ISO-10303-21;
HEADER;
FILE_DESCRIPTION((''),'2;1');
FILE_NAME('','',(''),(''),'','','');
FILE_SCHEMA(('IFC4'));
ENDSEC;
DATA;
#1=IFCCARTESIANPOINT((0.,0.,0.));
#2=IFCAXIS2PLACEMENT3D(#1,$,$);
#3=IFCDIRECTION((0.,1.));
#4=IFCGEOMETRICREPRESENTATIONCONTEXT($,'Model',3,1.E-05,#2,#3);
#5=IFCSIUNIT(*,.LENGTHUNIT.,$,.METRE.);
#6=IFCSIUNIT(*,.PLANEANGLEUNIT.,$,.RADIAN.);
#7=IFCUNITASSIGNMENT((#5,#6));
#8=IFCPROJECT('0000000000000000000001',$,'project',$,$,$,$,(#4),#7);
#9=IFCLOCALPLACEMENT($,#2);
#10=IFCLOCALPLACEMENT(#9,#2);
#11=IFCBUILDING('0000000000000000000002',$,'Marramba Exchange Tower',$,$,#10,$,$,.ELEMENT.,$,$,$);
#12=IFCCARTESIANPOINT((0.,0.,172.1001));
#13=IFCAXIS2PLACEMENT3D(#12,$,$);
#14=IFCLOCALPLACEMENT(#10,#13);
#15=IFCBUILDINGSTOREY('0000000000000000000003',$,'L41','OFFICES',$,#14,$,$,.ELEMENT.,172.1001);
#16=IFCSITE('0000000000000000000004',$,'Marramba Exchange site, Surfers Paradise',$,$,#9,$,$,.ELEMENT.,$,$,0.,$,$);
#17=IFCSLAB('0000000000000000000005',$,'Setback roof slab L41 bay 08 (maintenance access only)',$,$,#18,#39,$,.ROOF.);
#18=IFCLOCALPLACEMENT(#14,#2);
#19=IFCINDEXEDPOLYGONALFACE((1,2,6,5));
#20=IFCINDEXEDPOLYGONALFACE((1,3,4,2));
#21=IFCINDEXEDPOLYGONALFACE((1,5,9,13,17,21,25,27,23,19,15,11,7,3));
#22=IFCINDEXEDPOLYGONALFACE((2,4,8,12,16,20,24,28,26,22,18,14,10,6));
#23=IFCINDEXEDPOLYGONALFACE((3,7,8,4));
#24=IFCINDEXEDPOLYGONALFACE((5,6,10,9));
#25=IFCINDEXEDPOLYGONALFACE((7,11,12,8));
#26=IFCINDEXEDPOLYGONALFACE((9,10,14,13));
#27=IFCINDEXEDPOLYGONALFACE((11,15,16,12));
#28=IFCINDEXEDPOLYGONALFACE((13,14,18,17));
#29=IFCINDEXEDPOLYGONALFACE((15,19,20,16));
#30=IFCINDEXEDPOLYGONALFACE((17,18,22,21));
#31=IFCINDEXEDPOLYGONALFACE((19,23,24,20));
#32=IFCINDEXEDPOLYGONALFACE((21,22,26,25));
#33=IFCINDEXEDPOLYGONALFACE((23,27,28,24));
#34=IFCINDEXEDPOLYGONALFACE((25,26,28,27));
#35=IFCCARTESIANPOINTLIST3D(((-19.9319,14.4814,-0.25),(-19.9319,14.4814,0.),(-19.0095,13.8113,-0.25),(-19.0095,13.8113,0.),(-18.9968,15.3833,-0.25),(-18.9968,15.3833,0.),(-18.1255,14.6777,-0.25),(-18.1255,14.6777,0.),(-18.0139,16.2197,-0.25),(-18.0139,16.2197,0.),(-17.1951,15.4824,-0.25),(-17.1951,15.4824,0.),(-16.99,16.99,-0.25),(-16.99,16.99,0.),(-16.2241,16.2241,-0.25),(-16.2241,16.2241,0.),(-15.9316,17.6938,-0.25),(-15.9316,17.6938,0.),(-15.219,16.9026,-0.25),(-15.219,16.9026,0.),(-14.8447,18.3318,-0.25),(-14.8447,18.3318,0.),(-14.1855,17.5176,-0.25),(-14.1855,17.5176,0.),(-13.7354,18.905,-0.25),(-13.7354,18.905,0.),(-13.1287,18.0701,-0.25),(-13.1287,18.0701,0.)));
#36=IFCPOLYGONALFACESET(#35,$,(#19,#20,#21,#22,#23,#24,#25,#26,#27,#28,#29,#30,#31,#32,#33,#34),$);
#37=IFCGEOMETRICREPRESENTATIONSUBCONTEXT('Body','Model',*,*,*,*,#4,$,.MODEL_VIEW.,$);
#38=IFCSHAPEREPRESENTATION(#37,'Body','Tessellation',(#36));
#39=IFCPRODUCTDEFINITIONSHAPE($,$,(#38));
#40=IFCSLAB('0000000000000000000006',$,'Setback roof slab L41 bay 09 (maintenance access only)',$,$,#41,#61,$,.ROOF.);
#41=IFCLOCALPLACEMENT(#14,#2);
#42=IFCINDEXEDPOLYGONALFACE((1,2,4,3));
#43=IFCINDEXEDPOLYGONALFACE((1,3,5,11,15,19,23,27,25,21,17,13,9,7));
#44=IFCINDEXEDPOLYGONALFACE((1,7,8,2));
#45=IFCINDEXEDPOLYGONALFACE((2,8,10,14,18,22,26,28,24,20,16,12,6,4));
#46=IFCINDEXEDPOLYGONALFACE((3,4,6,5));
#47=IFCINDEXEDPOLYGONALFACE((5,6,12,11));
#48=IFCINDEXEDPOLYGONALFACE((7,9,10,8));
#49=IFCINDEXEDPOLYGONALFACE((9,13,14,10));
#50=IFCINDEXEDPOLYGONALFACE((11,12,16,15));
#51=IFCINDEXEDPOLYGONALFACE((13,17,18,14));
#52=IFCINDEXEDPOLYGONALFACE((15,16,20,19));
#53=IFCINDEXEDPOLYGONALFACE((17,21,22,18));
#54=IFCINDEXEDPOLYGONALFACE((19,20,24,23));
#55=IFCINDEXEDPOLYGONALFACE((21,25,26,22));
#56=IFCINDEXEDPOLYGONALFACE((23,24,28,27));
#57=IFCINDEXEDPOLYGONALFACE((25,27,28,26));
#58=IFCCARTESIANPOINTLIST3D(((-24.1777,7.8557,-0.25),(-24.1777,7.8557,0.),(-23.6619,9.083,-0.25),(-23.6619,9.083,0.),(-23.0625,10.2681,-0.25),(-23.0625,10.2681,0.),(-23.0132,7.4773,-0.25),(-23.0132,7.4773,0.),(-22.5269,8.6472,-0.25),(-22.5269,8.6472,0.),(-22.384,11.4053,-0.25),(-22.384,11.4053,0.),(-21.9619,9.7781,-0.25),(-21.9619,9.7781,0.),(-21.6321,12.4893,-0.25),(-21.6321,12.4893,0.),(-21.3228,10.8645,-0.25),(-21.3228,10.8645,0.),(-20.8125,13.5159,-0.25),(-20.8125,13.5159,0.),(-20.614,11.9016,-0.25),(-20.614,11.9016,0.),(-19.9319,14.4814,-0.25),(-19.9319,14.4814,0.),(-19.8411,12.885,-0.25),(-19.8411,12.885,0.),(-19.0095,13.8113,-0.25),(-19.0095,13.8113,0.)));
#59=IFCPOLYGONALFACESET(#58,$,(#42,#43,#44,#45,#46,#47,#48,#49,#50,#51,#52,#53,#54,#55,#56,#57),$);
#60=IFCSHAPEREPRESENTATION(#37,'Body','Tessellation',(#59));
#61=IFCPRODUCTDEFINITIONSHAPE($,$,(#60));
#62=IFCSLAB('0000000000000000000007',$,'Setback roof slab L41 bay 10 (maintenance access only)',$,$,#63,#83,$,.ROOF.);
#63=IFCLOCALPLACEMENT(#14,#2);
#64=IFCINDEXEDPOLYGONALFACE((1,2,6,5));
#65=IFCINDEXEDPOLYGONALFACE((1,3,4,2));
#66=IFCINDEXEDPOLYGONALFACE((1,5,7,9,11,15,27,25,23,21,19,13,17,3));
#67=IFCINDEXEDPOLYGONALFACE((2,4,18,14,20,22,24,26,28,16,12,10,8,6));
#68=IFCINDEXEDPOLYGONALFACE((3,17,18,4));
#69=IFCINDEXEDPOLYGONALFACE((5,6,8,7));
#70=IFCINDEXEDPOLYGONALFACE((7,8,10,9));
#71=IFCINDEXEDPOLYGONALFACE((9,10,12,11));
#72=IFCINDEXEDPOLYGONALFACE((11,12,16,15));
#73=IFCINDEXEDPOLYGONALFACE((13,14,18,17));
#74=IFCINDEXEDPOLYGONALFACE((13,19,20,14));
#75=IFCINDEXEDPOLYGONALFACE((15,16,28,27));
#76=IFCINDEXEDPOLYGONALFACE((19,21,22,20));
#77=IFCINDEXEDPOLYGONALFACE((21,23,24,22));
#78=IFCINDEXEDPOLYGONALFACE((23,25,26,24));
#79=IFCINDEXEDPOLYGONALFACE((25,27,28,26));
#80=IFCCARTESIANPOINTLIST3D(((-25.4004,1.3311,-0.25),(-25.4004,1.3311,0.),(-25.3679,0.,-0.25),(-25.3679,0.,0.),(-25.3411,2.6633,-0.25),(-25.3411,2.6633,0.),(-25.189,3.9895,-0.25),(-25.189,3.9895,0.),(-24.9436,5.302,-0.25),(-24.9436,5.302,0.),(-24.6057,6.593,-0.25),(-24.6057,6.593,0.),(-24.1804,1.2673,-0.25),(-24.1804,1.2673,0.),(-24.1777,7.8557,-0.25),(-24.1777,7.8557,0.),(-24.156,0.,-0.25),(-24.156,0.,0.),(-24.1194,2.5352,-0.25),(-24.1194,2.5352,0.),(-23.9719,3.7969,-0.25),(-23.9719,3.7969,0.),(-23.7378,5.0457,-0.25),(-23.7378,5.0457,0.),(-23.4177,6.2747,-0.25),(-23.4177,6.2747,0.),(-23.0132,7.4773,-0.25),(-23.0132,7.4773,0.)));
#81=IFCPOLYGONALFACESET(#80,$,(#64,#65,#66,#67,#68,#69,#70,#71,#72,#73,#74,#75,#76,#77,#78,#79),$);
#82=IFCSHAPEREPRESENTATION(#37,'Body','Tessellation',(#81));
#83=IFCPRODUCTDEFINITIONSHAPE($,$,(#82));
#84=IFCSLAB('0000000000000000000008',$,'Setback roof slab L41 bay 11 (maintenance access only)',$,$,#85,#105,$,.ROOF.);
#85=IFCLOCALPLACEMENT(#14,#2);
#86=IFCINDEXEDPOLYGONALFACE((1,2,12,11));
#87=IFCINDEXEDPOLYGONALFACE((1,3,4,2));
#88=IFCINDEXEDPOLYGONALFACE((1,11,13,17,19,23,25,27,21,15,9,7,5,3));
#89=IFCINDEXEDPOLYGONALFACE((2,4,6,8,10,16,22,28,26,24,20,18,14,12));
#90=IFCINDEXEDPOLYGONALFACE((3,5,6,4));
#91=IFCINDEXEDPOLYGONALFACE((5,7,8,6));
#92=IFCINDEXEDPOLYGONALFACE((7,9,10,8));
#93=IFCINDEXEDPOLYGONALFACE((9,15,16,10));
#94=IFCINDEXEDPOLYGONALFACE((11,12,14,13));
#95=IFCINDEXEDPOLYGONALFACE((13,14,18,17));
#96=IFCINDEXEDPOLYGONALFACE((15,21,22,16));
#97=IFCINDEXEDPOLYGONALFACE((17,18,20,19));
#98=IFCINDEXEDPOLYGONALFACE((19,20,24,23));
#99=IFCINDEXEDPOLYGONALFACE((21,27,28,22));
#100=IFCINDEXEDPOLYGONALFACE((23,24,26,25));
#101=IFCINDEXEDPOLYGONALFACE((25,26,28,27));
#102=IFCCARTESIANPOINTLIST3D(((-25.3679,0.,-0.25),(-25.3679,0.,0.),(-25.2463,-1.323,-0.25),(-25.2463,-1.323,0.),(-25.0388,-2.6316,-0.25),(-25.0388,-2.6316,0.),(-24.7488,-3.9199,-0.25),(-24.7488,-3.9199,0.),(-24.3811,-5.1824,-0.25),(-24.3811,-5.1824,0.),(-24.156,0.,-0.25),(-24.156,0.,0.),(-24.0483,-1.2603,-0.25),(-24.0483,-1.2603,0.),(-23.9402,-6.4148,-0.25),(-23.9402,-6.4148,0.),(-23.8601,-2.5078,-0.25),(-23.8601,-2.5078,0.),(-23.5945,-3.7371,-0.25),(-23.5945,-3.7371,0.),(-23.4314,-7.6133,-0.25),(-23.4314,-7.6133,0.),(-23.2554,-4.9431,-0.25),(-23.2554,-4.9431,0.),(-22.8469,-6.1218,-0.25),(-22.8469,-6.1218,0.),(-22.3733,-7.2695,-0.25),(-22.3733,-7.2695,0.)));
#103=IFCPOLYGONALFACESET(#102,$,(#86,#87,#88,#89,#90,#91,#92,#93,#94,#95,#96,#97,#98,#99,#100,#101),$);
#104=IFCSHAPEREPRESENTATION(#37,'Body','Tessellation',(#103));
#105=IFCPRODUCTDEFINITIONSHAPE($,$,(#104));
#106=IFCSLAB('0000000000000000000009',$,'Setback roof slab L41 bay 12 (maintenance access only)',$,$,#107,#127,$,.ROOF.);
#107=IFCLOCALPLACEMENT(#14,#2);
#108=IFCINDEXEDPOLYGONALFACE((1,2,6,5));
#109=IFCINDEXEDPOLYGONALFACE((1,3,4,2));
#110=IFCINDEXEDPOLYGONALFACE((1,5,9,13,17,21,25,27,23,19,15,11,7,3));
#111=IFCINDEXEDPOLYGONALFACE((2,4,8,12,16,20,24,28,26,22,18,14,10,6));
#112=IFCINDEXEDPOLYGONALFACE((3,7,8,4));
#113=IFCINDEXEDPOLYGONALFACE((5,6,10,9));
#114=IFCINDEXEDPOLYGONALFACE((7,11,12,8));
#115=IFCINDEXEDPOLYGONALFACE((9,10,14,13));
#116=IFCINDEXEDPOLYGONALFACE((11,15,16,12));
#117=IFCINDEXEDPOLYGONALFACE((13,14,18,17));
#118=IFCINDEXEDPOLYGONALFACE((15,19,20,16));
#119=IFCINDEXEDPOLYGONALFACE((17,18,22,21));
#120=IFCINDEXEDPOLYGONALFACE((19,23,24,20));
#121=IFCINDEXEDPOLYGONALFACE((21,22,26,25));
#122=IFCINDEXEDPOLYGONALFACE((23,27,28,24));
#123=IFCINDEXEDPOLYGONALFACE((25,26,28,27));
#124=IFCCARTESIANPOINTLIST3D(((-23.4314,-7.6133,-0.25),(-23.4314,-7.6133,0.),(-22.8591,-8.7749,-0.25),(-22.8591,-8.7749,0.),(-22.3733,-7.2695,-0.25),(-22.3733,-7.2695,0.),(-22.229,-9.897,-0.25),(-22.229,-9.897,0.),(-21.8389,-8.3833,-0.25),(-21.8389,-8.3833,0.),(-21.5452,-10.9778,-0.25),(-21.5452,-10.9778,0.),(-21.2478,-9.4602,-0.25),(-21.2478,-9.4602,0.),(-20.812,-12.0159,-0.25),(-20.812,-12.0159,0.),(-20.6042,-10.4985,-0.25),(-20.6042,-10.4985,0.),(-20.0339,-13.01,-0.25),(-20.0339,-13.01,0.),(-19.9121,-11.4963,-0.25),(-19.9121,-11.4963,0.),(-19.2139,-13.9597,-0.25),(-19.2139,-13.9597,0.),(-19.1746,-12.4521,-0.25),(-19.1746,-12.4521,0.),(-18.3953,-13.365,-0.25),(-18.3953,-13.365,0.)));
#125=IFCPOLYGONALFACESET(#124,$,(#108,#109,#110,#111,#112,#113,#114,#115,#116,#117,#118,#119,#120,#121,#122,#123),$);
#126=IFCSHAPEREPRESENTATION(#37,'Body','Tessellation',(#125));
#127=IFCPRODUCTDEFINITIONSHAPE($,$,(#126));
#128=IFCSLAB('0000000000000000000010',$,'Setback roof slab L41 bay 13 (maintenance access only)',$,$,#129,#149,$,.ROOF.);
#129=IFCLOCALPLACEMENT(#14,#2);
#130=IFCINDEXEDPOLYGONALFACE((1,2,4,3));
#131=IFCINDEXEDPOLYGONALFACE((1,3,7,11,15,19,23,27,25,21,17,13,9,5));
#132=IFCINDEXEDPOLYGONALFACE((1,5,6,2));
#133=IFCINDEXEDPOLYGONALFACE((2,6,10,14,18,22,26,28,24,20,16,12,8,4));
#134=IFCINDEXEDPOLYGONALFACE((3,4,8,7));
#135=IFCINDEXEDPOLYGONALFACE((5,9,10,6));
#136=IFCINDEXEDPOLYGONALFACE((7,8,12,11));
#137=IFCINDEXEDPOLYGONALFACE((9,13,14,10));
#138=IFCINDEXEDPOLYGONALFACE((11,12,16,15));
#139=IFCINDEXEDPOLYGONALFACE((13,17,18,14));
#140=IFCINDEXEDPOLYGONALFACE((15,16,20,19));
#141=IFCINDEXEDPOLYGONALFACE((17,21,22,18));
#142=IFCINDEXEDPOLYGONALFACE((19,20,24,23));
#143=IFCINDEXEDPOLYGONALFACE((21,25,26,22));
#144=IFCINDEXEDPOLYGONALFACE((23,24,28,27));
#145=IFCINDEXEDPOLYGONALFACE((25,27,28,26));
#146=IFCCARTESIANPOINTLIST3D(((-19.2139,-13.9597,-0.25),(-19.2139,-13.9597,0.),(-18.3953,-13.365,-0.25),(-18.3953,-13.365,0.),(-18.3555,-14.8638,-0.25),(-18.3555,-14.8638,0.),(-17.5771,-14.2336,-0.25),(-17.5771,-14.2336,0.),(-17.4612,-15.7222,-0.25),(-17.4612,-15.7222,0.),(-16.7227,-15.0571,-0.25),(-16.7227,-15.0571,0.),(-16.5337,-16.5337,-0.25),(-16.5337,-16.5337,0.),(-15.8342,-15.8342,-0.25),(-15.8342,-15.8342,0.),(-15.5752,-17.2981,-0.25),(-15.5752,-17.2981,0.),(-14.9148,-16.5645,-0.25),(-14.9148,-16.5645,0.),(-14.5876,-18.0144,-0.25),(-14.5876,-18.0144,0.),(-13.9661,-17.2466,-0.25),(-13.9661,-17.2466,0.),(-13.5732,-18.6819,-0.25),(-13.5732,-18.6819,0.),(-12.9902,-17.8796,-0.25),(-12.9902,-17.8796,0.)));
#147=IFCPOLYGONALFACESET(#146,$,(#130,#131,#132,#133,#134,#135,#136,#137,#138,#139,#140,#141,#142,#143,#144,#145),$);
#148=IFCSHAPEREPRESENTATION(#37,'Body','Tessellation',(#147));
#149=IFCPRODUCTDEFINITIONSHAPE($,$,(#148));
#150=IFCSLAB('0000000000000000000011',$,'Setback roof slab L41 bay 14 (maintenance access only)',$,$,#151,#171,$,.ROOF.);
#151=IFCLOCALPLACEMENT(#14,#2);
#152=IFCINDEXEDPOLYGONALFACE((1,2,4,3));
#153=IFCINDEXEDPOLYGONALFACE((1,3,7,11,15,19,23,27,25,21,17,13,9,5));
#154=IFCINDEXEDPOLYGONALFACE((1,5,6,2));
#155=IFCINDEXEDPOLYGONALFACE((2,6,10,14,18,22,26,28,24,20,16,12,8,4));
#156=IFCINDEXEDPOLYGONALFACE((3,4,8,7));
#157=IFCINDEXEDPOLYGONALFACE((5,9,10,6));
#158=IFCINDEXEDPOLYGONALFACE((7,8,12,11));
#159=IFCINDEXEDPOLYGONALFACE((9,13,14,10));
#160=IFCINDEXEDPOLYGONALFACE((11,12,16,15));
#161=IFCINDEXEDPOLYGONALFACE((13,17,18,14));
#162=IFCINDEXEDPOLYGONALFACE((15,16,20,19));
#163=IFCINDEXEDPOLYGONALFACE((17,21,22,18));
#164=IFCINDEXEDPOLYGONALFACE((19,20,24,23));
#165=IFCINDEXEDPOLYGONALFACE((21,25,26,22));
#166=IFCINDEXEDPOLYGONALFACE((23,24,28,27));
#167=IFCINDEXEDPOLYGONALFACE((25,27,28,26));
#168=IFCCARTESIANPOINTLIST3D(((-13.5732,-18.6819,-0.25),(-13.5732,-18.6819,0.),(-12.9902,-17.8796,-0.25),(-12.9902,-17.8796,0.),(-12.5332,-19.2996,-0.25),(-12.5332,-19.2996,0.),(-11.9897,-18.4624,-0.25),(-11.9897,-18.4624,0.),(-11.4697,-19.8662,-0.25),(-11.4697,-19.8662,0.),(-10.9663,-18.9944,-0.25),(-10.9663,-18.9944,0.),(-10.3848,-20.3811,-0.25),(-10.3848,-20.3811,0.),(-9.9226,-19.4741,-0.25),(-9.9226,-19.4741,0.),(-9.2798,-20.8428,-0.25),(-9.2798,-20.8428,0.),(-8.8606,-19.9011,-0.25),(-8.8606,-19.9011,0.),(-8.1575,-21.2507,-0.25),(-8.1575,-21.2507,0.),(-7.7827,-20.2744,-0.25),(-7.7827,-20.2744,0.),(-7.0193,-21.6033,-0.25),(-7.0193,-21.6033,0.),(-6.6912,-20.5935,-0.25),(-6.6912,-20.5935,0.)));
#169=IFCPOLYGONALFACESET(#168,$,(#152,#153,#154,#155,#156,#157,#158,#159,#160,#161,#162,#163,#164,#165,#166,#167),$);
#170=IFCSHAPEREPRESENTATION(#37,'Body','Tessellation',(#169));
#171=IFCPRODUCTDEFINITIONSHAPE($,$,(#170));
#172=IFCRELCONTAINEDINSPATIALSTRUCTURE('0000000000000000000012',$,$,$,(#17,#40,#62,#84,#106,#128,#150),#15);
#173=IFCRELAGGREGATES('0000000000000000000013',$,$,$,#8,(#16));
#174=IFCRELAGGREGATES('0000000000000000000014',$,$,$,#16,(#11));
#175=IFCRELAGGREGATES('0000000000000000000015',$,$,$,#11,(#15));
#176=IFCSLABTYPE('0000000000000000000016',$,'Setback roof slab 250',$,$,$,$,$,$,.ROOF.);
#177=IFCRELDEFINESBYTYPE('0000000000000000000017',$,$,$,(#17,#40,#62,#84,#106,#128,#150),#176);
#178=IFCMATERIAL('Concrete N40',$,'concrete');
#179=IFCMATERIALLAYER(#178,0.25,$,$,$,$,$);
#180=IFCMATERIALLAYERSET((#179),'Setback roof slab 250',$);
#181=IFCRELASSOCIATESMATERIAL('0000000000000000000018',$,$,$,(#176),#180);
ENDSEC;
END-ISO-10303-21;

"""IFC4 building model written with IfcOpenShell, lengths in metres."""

from ifc_helpers import new_model, si_unit, direction, frame, origin, place, context, subcontext, project, spatial, polyline, outline, extrude, material, layer, layer_set, type_object, element, save


model = new_model("IFC4")

# Units and contexts
model_context = context("Model", 3, precision=1e-05, world=origin(), true_north=direction((0.0, 1.0)))
body_context = subcontext(model_context, "Body", "Model", "MODEL_VIEW")
ifc_project = project(units=[si_unit("LENGTHUNIT", "METRE"), si_unit("PLANEANGLEUNIT", "RADIAN")], contexts=[model_context])

# Site, building, storey
site_placement = place(None, origin())
site = spatial("IfcSite", under=ifc_project, at=site_placement, Name="Marramba Exchange site, Surfers Paradise", CompositionType="ELEMENT", RefElevation=0.0)
building_placement = place(site_placement, origin())
building = spatial("IfcBuilding", under=site, at=building_placement, Name="Marramba Exchange Tower", CompositionType="ELEMENT")
storey_placement = place(building_placement, frame((0.0, 0.0, 172.1001)))
storey = spatial("IfcBuildingStorey", under=building, at=storey_placement, Name="L41", Description="OFFICES", CompositionType="ELEMENT", Elevation=172.1001)

# Slabs
ifc_material_1 = material(Name="Concrete N40", Category="concrete")
ifc_layer_1 = layer(ifc_material_1, 0.25)
ifc_layer_set_1 = layer_set([ifc_layer_1], Name="Setback roof slab 250")
slab_type = type_object("IfcSlabType", Name="Setback roof slab 250", PredefinedType="ROOF", material=ifc_layer_set_1)
slab_1_placement = place(storey_placement, frame((0.0, 0.0, -0.25)))
element("IfcSlab", 1, at=slab_1_placement, inside=storey, type_object=slab_type, Name="Setback roof slab L41 bay 08 (maintenance access only)", PredefinedType="ROOF", context=body_context, shape_type="SweptSolid", body=[
    extrude(outline(polyline([(-18.9968, 15.3833), (-18.0139, 16.2197), (-16.99, 16.99), (-15.9316, 17.6938), (-14.8447, 18.3318), (-13.7354, 18.905), (-13.1287, 18.0701), (-14.1855, 17.5176), (-15.219, 16.9026), (-16.2241, 16.2241), (-17.1951, 15.4824), (-18.1255, 14.6777), (-19.0095, 13.8113), (-19.9319, 14.4814), (-18.9968, 15.3833)])), origin(), (0.0, 0.0, 1.0), 0.25),
])
slab_2_placement = place(storey_placement, frame((0.0, 0.0, -0.25)))
element("IfcSlab", 2, at=slab_2_placement, inside=storey, type_object=slab_type, Name="Setback roof slab L41 bay 09 (maintenance access only)", PredefinedType="ROOF", context=body_context, shape_type="SweptSolid", body=[
    extrude(outline(polyline([(-23.6619, 9.083), (-23.0625, 10.2681), (-22.384, 11.4053), (-21.6321, 12.4893), (-20.8125, 13.5159), (-19.9319, 14.4814), (-19.0095, 13.8113), (-19.8411, 12.885), (-20.614, 11.9016), (-21.3228, 10.8645), (-21.9619, 9.7781), (-22.5269, 8.6472), (-23.0132, 7.4773), (-24.1777, 7.8557), (-23.6619, 9.083)])), origin(), (0.0, 0.0, 1.0), 0.25),
])
slab_3_placement = place(storey_placement, frame((0.0, 0.0, -0.25)))
element("IfcSlab", 3, at=slab_3_placement, inside=storey, type_object=slab_type, Name="Setback roof slab L41 bay 10 (maintenance access only)", PredefinedType="ROOF", context=body_context, shape_type="SweptSolid", body=[
    extrude(outline(polyline([(-25.4004, 1.3311), (-25.3411, 2.6633), (-25.189, 3.9895), (-24.9436, 5.302), (-24.6057, 6.593), (-24.1777, 7.8557), (-23.0132, 7.4773), (-23.4177, 6.2747), (-23.7378, 5.0457), (-23.9719, 3.7969), (-24.1194, 2.5352), (-24.1804, 1.2673), (-24.156, 0.0), (-25.3679, 0.0), (-25.4004, 1.3311)])), origin(), (0.0, 0.0, 1.0), 0.25),
])
slab_4_placement = place(storey_placement, frame((0.0, 0.0, -0.25)))
element("IfcSlab", 4, at=slab_4_placement, inside=storey, type_object=slab_type, Name="Setback roof slab L41 bay 11 (maintenance access only)", PredefinedType="ROOF", context=body_context, shape_type="SweptSolid", body=[
    extrude(outline(polyline([(-23.9402, -6.4148), (-24.3811, -5.1824), (-24.7488, -3.9199), (-25.0388, -2.6316), (-25.2463, -1.323), (-25.3679, 0.0), (-24.156, 0.0), (-24.0483, -1.2603), (-23.8601, -2.5078), (-23.5945, -3.7371), (-23.2554, -4.9431), (-22.8469, -6.1218), (-22.3733, -7.2695), (-23.4314, -7.6133), (-23.9402, -6.4148)])), origin(), (0.0, 0.0, 1.0), 0.25),
])
slab_5_placement = place(storey_placement, frame((0.0, 0.0, -0.25)))
element("IfcSlab", 5, at=slab_5_placement, inside=storey, type_object=slab_type, Name="Setback roof slab L41 bay 12 (maintenance access only)", PredefinedType="ROOF", context=body_context, shape_type="SweptSolid", body=[
    extrude(outline(polyline([(-20.0339, -13.01), (-20.812, -12.0159), (-21.5452, -10.9778), (-22.229, -9.897), (-22.8591, -8.7749), (-23.4314, -7.6133), (-22.3733, -7.2695), (-21.8389, -8.3833), (-21.2478, -9.4602), (-20.6042, -10.4985), (-19.9121, -11.4963), (-19.1746, -12.4521), (-18.3953, -13.365), (-19.2139, -13.9597), (-20.0339, -13.01)])), origin(), (0.0, 0.0, 1.0), 0.25),
])
slab_6_placement = place(storey_placement, frame((0.0, 0.0, -0.25)))
element("IfcSlab", 6, at=slab_6_placement, inside=storey, type_object=slab_type, Name="Setback roof slab L41 bay 13 (maintenance access only)", PredefinedType="ROOF", context=body_context, shape_type="SweptSolid", body=[
    extrude(outline(polyline([(-14.5876, -18.0144), (-15.5752, -17.2981), (-16.5337, -16.5337), (-17.4612, -15.7222), (-18.3555, -14.8638), (-19.2139, -13.9597), (-18.3953, -13.365), (-17.5771, -14.2336), (-16.7227, -15.0571), (-15.8342, -15.8342), (-14.9148, -16.5645), (-13.9661, -17.2466), (-12.9902, -17.8796), (-13.5732, -18.6819), (-14.5876, -18.0144)])), origin(), (0.0, 0.0, 1.0), 0.25),
])
slab_7_placement = place(storey_placement, frame((0.0, 0.0, -0.25)))
element("IfcSlab", 7, at=slab_7_placement, inside=storey, type_object=slab_type, Name="Setback roof slab L41 bay 14 (maintenance access only)", PredefinedType="ROOF", context=body_context, shape_type="SweptSolid", body=[
    extrude(outline(polyline([(-7.0193, -21.6033), (-8.1575, -21.2507), (-9.2798, -20.8428), (-10.3848, -20.3811), (-11.4697, -19.8662), (-12.5332, -19.2996), (-13.5732, -18.6819), (-12.9902, -17.8796), (-11.9897, -18.4624), (-10.9663, -18.9944), (-9.9226, -19.4741), (-8.8606, -19.9011), (-7.7827, -20.2744), (-6.6912, -20.5935), (-7.0193, -21.6033)])), origin(), (0.0, 0.0, 1.0), 0.25),
])

save(model, "model.ifc")
